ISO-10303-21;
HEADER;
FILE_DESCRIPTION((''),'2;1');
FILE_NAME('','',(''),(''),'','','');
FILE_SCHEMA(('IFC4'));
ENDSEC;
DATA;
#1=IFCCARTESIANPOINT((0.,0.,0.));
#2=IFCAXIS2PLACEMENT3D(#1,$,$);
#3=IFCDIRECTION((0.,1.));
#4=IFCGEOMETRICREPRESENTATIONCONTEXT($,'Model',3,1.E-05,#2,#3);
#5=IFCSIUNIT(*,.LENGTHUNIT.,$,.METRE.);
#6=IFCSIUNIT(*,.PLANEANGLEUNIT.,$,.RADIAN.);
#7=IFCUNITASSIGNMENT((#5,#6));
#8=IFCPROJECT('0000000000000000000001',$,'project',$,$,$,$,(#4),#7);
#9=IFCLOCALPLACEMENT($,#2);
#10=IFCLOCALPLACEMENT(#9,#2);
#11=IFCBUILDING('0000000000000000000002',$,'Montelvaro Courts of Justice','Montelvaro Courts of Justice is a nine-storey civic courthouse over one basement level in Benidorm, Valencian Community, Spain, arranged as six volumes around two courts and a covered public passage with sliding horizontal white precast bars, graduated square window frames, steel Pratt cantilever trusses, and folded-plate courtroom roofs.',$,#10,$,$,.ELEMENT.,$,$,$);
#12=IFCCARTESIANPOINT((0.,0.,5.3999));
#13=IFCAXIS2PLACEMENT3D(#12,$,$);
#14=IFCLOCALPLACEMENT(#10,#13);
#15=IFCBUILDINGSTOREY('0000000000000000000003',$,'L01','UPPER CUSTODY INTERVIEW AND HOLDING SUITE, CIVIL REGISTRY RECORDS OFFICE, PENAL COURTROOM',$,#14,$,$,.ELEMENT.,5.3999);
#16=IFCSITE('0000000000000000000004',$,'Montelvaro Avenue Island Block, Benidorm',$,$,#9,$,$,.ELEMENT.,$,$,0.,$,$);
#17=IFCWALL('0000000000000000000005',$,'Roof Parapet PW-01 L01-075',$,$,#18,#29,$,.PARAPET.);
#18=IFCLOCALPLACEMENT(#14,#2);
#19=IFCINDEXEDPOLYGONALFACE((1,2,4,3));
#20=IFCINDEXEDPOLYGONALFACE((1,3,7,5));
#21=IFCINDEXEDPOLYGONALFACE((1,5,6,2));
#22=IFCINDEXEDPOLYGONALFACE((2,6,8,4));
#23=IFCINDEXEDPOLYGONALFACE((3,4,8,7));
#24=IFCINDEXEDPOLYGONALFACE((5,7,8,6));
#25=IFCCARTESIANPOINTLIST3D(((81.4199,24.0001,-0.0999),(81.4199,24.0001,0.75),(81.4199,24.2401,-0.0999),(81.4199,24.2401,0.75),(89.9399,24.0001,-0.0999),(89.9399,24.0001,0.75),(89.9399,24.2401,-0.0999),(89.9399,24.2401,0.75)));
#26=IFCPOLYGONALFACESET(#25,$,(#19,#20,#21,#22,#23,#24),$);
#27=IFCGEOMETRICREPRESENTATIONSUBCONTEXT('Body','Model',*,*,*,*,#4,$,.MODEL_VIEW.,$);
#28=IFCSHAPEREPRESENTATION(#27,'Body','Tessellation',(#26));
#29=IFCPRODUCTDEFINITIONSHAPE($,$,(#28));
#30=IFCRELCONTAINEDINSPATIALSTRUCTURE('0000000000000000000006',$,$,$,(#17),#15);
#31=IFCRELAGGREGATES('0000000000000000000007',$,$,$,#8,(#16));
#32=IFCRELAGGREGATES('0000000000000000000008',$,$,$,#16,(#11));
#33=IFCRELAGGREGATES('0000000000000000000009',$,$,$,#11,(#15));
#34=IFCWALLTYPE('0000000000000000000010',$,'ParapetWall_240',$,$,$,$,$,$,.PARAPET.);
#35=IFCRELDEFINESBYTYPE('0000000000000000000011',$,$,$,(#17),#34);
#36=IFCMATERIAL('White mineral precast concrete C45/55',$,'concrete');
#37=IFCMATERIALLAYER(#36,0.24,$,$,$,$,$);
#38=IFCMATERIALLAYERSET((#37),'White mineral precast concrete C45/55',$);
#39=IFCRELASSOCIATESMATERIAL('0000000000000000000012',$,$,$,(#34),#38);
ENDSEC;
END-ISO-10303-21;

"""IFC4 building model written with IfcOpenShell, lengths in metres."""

from ifc_helpers import new_model, si_unit, direction, frame, frame_2d, origin, place, context, subcontext, project, spatial, rectangle, extrude, material, layer, layer_set, type_object, element, save


model = new_model("IFC4")

# Units and contexts
model_context = context("Model", 3, precision=1e-05, world=origin(), true_north=direction((0.0, 1.0)))
body_context = subcontext(model_context, "Body", "Model", "MODEL_VIEW")
ifc_project = project(units=[si_unit("LENGTHUNIT", "METRE"), si_unit("PLANEANGLEUNIT", "RADIAN")], contexts=[model_context])

# Site, building, storey
site_placement = place(None, origin())
site = spatial("IfcSite", under=ifc_project, at=site_placement, Name="Montelvaro Avenue Island Block, Benidorm", CompositionType="ELEMENT", RefElevation=0.0)
building_placement = place(site_placement, origin())
building = spatial("IfcBuilding", under=site, at=building_placement, Name="Montelvaro Courts of Justice", Description="Montelvaro Courts of Justice is a nine-storey civic courthouse over one basement level in Benidorm, Valencian Community, Spain, arranged as six volumes around two courts and a covered public passage with sliding horizontal white precast bars, graduated square window frames, steel Pratt cantilever trusses, and folded-plate courtroom roofs.", CompositionType="ELEMENT")
storey_placement = place(building_placement, frame((0.0, 0.0, 5.3999)))
storey = spatial("IfcBuildingStorey", under=building, at=storey_placement, Name="L01", Description="UPPER CUSTODY INTERVIEW AND HOLDING SUITE, CIVIL REGISTRY RECORDS OFFICE, PENAL COURTROOM", CompositionType="ELEMENT", Elevation=5.3999)

# Wall
ifc_material_1 = material(Name="White mineral precast concrete C45/55", Category="concrete")
ifc_layer_1 = layer(ifc_material_1, 0.24)
ifc_layer_set_1 = layer_set([ifc_layer_1], Name="White mineral precast concrete C45/55")
wall_type = type_object("IfcWallType", Name="ParapetWall_240", PredefinedType="PARAPET", material=ifc_layer_set_1)
wall_placement = place(storey_placement, frame((81.4199, 24.1201, -0.0999), z_axis=(0.0, 0.0, 1.0), x_axis=(1.0, 0.0, 0.0)))
element("IfcWall", 1, at=wall_placement, inside=storey, type_object=wall_type, Name="Roof Parapet PW-01 L01-075", PredefinedType="PARAPET", context=body_context, shape_type="SweptSolid", body=[
    extrude(rectangle(XDim=8.52, YDim=0.24, at=frame_2d((4.26, 0.0))), origin(), (0.0, 0.0, 1.0), 0.8499),
])

save(model, "model.ifc")
